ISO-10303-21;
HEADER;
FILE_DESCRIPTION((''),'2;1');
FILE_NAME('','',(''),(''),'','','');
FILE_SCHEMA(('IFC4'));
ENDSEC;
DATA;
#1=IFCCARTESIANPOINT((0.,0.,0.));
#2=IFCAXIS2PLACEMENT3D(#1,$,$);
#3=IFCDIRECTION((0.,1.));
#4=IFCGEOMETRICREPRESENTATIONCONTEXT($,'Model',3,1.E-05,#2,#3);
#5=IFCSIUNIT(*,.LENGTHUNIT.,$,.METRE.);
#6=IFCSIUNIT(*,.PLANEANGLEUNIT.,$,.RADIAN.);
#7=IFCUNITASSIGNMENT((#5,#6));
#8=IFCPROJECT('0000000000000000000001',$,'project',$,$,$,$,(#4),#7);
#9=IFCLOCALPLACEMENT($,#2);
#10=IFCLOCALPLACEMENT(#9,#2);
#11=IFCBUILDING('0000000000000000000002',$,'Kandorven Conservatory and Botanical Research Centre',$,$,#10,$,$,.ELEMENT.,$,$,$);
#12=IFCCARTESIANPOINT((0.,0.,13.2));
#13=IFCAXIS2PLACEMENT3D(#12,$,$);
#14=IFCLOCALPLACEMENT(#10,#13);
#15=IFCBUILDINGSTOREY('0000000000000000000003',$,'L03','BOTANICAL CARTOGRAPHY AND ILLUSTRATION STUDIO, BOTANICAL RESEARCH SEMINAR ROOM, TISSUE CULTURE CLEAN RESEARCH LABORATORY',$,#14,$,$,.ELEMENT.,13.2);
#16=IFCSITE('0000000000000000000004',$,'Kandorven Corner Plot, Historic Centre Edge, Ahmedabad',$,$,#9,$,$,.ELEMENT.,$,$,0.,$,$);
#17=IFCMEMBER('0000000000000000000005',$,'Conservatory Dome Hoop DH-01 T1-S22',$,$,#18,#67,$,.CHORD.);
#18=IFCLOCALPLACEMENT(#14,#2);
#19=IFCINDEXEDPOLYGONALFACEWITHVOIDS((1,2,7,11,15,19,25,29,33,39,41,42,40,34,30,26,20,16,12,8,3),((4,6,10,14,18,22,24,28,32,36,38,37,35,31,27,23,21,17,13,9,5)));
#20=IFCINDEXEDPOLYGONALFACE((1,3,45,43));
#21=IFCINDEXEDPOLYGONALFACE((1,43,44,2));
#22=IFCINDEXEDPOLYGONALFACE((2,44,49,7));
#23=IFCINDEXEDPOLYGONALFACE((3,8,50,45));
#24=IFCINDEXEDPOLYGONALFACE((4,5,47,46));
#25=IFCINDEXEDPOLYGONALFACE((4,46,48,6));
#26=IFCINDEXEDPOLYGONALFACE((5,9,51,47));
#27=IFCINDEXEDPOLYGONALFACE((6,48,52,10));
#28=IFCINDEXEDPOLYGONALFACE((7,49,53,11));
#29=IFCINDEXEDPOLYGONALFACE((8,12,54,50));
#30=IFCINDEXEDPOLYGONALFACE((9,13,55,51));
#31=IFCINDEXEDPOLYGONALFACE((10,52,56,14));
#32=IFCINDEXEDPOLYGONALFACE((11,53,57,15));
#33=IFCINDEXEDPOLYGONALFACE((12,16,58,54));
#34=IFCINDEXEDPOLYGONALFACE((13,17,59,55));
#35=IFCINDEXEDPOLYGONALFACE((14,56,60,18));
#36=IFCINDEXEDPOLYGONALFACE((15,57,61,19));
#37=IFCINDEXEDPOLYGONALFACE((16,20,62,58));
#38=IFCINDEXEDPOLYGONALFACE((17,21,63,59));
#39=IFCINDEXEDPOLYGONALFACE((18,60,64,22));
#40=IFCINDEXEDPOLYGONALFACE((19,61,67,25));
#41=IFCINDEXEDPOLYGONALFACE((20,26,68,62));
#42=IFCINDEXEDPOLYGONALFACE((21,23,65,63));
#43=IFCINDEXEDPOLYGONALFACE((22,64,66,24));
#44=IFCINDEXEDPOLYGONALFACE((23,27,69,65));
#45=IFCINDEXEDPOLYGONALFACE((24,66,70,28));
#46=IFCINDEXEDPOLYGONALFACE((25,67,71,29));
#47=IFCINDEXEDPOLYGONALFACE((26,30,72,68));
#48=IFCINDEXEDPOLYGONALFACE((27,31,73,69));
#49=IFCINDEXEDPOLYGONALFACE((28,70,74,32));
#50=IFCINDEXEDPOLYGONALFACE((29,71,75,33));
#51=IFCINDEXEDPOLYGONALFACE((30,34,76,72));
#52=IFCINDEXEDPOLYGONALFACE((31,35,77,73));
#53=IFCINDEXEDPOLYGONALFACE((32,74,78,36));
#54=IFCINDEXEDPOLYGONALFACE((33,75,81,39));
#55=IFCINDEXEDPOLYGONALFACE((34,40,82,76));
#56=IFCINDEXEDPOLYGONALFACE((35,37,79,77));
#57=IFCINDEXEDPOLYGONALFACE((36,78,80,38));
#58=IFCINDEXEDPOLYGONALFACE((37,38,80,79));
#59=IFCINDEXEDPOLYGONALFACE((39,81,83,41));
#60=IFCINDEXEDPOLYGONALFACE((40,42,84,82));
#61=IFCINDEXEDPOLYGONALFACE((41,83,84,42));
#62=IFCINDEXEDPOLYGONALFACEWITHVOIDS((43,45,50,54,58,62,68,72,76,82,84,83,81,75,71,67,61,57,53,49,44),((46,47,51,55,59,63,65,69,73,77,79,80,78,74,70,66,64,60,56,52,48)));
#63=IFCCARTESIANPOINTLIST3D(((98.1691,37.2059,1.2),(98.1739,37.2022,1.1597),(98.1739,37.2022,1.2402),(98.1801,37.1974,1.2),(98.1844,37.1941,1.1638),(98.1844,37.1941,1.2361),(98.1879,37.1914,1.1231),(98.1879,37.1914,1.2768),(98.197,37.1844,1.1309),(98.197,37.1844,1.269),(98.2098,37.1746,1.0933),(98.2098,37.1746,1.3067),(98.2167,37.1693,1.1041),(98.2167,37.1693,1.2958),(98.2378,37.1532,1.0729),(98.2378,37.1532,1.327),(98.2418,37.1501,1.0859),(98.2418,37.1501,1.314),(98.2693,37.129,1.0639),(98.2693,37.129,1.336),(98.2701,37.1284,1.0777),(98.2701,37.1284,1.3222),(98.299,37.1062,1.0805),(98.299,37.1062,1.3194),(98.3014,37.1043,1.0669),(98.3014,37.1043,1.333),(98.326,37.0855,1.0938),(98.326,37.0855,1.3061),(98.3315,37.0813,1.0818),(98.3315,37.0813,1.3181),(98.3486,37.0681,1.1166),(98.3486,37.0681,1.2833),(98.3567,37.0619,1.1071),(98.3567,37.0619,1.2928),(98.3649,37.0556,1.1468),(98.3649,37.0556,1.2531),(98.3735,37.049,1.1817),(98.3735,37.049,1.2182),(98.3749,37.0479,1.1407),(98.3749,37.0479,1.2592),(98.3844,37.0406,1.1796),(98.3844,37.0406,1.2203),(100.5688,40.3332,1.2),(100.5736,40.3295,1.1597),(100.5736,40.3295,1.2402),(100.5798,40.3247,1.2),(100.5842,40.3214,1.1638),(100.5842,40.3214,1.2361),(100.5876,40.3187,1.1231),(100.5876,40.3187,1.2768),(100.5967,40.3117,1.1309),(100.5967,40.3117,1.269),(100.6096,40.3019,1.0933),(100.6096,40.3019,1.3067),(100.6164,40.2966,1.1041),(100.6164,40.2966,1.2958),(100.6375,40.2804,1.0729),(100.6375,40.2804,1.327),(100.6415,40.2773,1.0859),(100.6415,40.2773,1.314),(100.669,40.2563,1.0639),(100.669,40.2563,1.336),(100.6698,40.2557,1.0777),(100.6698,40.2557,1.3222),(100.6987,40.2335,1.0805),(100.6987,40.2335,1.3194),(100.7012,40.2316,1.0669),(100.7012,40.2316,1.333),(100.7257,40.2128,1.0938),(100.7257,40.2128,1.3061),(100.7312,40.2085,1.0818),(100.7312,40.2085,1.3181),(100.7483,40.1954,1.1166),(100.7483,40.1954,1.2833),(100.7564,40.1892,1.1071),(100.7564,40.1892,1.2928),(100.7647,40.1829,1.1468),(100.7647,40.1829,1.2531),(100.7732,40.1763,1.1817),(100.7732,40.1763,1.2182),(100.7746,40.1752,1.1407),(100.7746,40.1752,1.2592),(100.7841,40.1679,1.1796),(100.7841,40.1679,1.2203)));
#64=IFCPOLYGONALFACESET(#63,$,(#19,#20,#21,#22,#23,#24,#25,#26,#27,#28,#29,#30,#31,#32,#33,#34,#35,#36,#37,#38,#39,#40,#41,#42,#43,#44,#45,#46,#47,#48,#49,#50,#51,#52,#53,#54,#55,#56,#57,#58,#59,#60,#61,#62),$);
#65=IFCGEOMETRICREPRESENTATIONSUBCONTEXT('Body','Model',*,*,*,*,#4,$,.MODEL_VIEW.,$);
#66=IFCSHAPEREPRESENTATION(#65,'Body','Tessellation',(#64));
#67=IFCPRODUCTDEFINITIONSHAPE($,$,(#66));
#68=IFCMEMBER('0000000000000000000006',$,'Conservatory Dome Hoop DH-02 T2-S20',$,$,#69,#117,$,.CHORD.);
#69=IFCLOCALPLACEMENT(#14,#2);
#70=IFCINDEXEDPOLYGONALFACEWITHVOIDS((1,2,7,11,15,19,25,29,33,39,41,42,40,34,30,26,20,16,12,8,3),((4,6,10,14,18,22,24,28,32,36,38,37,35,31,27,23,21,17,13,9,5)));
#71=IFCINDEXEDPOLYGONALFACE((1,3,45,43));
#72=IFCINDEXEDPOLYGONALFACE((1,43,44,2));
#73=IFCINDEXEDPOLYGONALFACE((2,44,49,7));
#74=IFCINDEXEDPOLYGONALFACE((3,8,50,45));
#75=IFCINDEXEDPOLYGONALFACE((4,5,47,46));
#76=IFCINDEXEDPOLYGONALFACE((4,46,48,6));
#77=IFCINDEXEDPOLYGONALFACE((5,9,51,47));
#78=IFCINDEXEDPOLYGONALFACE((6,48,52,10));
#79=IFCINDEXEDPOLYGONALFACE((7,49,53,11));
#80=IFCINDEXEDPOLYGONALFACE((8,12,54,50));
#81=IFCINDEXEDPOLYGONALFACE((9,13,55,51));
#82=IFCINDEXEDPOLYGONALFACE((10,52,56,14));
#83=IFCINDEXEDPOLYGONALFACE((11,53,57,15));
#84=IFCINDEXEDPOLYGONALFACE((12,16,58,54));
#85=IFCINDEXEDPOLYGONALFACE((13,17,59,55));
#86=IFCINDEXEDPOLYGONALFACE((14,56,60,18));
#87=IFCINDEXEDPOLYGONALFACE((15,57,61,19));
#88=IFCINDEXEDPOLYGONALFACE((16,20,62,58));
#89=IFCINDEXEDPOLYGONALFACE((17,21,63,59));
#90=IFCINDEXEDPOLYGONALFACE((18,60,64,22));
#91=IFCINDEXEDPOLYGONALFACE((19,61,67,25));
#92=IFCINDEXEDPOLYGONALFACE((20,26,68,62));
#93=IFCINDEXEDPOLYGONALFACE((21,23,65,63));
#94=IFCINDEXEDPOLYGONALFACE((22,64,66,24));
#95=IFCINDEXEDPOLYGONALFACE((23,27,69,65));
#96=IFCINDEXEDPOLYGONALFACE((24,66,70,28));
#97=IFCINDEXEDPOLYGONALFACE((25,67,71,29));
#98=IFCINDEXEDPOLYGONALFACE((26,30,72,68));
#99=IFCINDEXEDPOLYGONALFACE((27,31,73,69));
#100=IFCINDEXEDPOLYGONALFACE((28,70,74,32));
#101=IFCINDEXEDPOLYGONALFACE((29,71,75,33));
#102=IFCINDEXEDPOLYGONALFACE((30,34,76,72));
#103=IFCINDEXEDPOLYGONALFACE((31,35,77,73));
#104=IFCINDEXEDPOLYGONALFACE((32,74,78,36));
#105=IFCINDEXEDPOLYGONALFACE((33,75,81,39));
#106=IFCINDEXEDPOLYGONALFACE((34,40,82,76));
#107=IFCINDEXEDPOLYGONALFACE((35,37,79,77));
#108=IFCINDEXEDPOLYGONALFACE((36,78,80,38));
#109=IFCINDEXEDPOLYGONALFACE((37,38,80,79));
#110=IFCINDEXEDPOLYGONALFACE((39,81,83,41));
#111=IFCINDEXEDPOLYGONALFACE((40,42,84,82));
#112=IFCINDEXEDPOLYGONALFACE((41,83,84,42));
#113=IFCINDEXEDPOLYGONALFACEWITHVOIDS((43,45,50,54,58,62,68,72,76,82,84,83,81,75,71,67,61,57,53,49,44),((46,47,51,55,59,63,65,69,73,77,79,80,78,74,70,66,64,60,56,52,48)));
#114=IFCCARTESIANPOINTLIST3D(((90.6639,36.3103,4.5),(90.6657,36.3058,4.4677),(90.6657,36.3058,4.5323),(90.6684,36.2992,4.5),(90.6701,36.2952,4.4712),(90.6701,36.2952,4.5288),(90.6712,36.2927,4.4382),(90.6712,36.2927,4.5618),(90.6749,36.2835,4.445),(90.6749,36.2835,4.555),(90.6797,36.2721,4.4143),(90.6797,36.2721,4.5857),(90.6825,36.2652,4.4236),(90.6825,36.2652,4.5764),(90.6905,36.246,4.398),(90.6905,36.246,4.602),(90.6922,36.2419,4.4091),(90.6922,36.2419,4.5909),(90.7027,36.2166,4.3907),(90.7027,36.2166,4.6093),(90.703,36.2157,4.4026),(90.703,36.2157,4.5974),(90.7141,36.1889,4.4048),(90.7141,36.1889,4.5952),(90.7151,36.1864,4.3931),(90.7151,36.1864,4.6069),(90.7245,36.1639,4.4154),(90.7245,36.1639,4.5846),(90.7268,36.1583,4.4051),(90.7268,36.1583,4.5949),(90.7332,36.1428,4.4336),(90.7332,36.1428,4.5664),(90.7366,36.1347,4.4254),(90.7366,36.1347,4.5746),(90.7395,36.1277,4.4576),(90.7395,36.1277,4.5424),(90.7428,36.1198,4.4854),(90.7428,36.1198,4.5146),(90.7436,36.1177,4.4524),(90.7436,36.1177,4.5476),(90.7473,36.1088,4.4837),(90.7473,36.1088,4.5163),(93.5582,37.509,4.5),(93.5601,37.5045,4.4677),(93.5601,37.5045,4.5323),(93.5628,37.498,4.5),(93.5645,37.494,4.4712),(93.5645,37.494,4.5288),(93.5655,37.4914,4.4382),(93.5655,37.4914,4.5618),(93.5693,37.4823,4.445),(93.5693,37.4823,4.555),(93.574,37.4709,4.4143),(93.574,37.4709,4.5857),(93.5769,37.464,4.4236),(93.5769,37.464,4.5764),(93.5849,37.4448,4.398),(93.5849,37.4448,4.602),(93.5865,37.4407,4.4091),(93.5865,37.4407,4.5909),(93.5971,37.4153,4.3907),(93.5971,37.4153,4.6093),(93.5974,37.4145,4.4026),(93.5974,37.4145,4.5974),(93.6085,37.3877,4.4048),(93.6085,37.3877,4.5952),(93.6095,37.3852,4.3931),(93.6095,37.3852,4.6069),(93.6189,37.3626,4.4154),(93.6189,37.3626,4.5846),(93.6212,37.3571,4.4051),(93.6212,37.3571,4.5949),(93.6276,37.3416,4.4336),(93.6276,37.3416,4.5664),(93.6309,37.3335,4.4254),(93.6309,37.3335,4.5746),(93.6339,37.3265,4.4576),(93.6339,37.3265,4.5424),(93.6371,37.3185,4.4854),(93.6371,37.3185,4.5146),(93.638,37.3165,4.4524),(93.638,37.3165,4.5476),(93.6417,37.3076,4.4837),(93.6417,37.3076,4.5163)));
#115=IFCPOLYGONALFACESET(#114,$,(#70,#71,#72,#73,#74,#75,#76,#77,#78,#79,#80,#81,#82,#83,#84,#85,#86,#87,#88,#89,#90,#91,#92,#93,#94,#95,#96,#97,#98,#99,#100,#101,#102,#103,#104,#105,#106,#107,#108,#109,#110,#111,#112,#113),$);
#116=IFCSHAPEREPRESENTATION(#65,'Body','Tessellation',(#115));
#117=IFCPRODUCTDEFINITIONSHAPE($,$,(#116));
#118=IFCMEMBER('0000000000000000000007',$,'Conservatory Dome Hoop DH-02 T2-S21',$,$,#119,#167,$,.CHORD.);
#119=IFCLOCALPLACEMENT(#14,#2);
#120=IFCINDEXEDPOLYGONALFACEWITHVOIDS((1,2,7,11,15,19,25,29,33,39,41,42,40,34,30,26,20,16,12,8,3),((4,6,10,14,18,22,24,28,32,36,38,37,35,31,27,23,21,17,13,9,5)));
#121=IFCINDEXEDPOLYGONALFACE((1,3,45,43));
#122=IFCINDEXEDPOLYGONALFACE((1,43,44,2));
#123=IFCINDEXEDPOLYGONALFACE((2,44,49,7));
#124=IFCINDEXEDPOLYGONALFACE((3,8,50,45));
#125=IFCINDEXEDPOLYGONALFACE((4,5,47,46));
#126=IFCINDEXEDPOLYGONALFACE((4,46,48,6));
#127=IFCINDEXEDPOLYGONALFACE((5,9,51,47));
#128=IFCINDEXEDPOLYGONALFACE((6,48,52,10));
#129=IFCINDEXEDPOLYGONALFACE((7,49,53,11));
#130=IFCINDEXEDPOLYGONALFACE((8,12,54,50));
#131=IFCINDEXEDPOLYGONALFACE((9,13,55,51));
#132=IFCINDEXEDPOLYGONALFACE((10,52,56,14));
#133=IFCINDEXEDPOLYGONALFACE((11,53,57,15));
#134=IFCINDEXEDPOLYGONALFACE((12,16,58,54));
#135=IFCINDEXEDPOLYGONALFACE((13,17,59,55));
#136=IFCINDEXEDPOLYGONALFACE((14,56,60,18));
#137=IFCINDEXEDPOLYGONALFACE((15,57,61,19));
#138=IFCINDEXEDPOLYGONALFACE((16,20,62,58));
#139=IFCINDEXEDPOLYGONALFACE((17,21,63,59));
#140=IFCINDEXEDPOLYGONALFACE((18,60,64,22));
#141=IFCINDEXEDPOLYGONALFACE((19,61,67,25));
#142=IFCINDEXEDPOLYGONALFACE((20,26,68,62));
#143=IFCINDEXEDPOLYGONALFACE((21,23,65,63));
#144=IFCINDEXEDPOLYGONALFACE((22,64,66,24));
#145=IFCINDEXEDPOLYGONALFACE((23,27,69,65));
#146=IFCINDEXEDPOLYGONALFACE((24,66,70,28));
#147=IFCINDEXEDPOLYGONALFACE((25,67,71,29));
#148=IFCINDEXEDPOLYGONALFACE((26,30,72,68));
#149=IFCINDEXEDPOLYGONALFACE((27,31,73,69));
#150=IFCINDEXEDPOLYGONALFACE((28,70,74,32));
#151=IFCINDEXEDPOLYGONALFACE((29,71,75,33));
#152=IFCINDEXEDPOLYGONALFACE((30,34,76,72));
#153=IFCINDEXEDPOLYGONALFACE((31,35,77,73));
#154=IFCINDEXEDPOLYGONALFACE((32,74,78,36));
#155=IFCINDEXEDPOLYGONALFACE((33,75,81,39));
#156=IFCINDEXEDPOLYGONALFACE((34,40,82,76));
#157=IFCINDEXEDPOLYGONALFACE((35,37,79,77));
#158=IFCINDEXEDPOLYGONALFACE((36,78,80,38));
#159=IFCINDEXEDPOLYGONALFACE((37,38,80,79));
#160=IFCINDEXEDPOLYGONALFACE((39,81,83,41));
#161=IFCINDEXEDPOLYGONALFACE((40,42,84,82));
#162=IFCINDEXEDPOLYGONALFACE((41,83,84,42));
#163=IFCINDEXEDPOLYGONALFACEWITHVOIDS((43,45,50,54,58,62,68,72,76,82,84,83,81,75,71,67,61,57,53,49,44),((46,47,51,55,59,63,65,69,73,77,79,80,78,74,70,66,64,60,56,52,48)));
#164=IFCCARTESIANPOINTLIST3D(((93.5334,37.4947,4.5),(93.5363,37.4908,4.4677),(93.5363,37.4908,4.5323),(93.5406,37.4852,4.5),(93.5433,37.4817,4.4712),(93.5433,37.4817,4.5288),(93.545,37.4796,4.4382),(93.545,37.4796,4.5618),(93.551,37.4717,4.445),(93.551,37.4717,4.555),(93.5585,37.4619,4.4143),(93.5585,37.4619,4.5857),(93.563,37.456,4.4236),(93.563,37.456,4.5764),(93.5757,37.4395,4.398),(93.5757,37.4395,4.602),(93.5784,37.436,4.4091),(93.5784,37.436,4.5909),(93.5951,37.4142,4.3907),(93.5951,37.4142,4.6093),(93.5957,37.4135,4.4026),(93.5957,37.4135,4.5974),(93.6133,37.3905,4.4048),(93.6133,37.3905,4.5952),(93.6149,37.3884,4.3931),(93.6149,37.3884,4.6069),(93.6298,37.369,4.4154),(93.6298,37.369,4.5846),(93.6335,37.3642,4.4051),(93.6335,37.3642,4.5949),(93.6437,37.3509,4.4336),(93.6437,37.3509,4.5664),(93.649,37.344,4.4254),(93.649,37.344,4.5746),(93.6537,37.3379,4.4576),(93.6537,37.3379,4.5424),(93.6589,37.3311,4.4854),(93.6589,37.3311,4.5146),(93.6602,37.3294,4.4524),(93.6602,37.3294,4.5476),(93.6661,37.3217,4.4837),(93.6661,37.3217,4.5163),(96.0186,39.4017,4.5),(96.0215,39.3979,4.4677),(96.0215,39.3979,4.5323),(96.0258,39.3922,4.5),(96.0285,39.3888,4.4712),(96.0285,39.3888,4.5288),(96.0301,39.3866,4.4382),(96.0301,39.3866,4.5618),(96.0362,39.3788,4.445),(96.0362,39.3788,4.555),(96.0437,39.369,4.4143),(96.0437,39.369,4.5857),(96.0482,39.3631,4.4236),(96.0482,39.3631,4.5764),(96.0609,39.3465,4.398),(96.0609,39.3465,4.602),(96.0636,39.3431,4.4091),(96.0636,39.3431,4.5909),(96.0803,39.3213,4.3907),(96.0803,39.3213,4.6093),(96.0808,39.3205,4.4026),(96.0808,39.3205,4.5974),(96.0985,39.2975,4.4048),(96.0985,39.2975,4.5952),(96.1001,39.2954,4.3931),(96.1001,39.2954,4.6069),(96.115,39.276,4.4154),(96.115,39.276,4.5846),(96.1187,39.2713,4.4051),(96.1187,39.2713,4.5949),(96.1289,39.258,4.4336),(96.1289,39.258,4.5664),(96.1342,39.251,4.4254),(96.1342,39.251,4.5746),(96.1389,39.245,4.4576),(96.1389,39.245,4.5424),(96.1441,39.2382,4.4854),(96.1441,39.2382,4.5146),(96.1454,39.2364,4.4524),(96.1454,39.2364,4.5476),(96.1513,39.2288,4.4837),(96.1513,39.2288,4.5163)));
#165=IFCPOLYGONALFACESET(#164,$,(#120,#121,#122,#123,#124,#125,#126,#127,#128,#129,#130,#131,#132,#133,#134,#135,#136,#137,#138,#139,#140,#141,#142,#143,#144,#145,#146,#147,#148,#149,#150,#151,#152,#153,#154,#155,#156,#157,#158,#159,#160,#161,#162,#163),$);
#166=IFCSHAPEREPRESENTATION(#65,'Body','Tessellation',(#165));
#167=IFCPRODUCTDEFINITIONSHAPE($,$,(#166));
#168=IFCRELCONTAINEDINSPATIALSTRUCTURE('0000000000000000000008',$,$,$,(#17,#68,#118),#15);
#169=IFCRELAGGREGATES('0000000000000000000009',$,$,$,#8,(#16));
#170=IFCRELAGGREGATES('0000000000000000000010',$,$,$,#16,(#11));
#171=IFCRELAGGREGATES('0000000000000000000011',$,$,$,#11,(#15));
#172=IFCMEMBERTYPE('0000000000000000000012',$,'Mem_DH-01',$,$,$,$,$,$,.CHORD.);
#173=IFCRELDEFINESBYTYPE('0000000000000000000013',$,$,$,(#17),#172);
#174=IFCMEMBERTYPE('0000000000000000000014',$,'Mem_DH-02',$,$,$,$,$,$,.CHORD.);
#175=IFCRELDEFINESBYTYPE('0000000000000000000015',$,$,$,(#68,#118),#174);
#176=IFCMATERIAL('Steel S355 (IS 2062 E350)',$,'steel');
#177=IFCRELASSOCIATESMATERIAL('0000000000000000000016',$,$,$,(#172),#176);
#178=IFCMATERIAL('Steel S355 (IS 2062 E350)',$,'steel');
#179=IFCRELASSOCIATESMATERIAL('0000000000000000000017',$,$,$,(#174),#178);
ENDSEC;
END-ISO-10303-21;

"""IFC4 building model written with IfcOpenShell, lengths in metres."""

from ifc_helpers import new_model, si_unit, direction, frame, origin, origin_2d, place, context, subcontext, project, spatial, hollow_circle, extrude, material, material_profile, profile_set, type_object, element, save


model = new_model("IFC4")

# Units and contexts
model_context = context("Model", 3, precision=1e-05, world=origin(), true_north=direction((0.0, 1.0)))
body_context = subcontext(model_context, "Body", "Model", "MODEL_VIEW")
ifc_project = project(units=[si_unit("LENGTHUNIT", "METRE"), si_unit("PLANEANGLEUNIT", "RADIAN")], contexts=[model_context])

# Site, building, storey
site_placement = place(None, origin())
site = spatial("IfcSite", under=ifc_project, at=site_placement, Name="Kandorven Corner Plot, Historic Centre Edge, Ahmedabad", CompositionType="ELEMENT", RefElevation=0.0)
building_placement = place(site_placement, origin())
building = spatial("IfcBuilding", under=site, at=building_placement, Name="Kandorven Conservatory and Botanical Research Centre", CompositionType="ELEMENT")
storey_placement = place(building_placement, frame((0.0, 0.0, 13.2)))
storey = spatial("IfcBuildingStorey", under=building, at=storey_placement, Name="L03", Description="BOTANICAL CARTOGRAPHY AND ILLUSTRATION STUDIO, BOTANICAL RESEARCH SEMINAR ROOM, TISSUE CULTURE CLEAN RESEARCH LABORATORY", CompositionType="ELEMENT", Elevation=13.2)

# Members
ifc_material_1 = material(Name="Steel S355 (IS 2062 E350)", Category="steel")
ifc_material_profile_1 = material_profile(ifc_material_1, hollow_circle(Radius=0.1365, WallThickness=0.0139, at=origin_2d()))
ifc_profile_set_1 = profile_set([ifc_material_profile_1], Name="Steel S355 (IS 2062 E350)")
member_type_1 = type_object("IfcMemberType", Name="Mem_DH-01", PredefinedType="CHORD", material=ifc_profile_set_1)
member_1_placement = place(storey_placement, frame((98.2773, 37.1228, 1.2), z_axis=(0.608773, 0.793344, 0.0), x_axis=(-0.793344, 0.608773, 0.0)))
element("IfcMember", 1, at=member_1_placement, inside=storey, type_object=member_type_1, Name="Conservatory Dome Hoop DH-01 T1-S22", PredefinedType="CHORD", context=body_context, shape_type="SweptSolid", body=[
    extrude(hollow_circle(Radius=0.1365, WallThickness=0.0139, at=origin_2d()), origin(), (0.0, 0.0, 1.0), 3.9419),
])
ifc_material_2 = material(Name="Steel S355 (IS 2062 E350)", Category="steel")
ifc_material_profile_2 = material_profile(ifc_material_2, hollow_circle(Radius=0.1096, WallThickness=0.012, at=origin_2d()))
ifc_profile_set_2 = profile_set([ifc_material_profile_2], Name="Steel S355 (IS 2062 E350)")
member_type_2 = type_object("IfcMemberType", Name="Mem_DH-02", PredefinedType="CHORD", material=ifc_profile_set_2)
member_2_placement = place(storey_placement, frame((90.7058, 36.209, 4.5), z_axis=(0.923893, 0.38265, 0.0), x_axis=(-0.38265, 0.923893, 0.0)))
element("IfcMember", 2, at=member_2_placement, inside=storey, type_object=member_type_2, Name="Conservatory Dome Hoop DH-02 T2-S20", PredefinedType="CHORD", context=body_context, shape_type="SweptSolid", body=[
    extrude(hollow_circle(Radius=0.1096, WallThickness=0.012, at=origin_2d()), origin(), (0.0, 0.0, 1.0), 3.1328),
])
for number, where, z_axis, x_axis, name in (
    (3, (93.6001, 37.4077, 4.5), (0.793339, 0.60878, 0.0), (-0.60878, 0.793339, 0.0), "Conservatory Dome Hoop DH-02 T2-S21"),
):
    element("IfcMember", number, at=place(storey_placement, frame(where, z_axis=z_axis, x_axis=x_axis)), inside=storey, type_object=member_type_2, Name=name, PredefinedType="CHORD", context=body_context, shape_type="SweptSolid", body=[
        extrude(hollow_circle(Radius=0.1096, WallThickness=0.012, at=origin_2d()), origin(), (0.0, 0.0, 1.0), 3.1326),
    ])

save(model, "model.ifc")
